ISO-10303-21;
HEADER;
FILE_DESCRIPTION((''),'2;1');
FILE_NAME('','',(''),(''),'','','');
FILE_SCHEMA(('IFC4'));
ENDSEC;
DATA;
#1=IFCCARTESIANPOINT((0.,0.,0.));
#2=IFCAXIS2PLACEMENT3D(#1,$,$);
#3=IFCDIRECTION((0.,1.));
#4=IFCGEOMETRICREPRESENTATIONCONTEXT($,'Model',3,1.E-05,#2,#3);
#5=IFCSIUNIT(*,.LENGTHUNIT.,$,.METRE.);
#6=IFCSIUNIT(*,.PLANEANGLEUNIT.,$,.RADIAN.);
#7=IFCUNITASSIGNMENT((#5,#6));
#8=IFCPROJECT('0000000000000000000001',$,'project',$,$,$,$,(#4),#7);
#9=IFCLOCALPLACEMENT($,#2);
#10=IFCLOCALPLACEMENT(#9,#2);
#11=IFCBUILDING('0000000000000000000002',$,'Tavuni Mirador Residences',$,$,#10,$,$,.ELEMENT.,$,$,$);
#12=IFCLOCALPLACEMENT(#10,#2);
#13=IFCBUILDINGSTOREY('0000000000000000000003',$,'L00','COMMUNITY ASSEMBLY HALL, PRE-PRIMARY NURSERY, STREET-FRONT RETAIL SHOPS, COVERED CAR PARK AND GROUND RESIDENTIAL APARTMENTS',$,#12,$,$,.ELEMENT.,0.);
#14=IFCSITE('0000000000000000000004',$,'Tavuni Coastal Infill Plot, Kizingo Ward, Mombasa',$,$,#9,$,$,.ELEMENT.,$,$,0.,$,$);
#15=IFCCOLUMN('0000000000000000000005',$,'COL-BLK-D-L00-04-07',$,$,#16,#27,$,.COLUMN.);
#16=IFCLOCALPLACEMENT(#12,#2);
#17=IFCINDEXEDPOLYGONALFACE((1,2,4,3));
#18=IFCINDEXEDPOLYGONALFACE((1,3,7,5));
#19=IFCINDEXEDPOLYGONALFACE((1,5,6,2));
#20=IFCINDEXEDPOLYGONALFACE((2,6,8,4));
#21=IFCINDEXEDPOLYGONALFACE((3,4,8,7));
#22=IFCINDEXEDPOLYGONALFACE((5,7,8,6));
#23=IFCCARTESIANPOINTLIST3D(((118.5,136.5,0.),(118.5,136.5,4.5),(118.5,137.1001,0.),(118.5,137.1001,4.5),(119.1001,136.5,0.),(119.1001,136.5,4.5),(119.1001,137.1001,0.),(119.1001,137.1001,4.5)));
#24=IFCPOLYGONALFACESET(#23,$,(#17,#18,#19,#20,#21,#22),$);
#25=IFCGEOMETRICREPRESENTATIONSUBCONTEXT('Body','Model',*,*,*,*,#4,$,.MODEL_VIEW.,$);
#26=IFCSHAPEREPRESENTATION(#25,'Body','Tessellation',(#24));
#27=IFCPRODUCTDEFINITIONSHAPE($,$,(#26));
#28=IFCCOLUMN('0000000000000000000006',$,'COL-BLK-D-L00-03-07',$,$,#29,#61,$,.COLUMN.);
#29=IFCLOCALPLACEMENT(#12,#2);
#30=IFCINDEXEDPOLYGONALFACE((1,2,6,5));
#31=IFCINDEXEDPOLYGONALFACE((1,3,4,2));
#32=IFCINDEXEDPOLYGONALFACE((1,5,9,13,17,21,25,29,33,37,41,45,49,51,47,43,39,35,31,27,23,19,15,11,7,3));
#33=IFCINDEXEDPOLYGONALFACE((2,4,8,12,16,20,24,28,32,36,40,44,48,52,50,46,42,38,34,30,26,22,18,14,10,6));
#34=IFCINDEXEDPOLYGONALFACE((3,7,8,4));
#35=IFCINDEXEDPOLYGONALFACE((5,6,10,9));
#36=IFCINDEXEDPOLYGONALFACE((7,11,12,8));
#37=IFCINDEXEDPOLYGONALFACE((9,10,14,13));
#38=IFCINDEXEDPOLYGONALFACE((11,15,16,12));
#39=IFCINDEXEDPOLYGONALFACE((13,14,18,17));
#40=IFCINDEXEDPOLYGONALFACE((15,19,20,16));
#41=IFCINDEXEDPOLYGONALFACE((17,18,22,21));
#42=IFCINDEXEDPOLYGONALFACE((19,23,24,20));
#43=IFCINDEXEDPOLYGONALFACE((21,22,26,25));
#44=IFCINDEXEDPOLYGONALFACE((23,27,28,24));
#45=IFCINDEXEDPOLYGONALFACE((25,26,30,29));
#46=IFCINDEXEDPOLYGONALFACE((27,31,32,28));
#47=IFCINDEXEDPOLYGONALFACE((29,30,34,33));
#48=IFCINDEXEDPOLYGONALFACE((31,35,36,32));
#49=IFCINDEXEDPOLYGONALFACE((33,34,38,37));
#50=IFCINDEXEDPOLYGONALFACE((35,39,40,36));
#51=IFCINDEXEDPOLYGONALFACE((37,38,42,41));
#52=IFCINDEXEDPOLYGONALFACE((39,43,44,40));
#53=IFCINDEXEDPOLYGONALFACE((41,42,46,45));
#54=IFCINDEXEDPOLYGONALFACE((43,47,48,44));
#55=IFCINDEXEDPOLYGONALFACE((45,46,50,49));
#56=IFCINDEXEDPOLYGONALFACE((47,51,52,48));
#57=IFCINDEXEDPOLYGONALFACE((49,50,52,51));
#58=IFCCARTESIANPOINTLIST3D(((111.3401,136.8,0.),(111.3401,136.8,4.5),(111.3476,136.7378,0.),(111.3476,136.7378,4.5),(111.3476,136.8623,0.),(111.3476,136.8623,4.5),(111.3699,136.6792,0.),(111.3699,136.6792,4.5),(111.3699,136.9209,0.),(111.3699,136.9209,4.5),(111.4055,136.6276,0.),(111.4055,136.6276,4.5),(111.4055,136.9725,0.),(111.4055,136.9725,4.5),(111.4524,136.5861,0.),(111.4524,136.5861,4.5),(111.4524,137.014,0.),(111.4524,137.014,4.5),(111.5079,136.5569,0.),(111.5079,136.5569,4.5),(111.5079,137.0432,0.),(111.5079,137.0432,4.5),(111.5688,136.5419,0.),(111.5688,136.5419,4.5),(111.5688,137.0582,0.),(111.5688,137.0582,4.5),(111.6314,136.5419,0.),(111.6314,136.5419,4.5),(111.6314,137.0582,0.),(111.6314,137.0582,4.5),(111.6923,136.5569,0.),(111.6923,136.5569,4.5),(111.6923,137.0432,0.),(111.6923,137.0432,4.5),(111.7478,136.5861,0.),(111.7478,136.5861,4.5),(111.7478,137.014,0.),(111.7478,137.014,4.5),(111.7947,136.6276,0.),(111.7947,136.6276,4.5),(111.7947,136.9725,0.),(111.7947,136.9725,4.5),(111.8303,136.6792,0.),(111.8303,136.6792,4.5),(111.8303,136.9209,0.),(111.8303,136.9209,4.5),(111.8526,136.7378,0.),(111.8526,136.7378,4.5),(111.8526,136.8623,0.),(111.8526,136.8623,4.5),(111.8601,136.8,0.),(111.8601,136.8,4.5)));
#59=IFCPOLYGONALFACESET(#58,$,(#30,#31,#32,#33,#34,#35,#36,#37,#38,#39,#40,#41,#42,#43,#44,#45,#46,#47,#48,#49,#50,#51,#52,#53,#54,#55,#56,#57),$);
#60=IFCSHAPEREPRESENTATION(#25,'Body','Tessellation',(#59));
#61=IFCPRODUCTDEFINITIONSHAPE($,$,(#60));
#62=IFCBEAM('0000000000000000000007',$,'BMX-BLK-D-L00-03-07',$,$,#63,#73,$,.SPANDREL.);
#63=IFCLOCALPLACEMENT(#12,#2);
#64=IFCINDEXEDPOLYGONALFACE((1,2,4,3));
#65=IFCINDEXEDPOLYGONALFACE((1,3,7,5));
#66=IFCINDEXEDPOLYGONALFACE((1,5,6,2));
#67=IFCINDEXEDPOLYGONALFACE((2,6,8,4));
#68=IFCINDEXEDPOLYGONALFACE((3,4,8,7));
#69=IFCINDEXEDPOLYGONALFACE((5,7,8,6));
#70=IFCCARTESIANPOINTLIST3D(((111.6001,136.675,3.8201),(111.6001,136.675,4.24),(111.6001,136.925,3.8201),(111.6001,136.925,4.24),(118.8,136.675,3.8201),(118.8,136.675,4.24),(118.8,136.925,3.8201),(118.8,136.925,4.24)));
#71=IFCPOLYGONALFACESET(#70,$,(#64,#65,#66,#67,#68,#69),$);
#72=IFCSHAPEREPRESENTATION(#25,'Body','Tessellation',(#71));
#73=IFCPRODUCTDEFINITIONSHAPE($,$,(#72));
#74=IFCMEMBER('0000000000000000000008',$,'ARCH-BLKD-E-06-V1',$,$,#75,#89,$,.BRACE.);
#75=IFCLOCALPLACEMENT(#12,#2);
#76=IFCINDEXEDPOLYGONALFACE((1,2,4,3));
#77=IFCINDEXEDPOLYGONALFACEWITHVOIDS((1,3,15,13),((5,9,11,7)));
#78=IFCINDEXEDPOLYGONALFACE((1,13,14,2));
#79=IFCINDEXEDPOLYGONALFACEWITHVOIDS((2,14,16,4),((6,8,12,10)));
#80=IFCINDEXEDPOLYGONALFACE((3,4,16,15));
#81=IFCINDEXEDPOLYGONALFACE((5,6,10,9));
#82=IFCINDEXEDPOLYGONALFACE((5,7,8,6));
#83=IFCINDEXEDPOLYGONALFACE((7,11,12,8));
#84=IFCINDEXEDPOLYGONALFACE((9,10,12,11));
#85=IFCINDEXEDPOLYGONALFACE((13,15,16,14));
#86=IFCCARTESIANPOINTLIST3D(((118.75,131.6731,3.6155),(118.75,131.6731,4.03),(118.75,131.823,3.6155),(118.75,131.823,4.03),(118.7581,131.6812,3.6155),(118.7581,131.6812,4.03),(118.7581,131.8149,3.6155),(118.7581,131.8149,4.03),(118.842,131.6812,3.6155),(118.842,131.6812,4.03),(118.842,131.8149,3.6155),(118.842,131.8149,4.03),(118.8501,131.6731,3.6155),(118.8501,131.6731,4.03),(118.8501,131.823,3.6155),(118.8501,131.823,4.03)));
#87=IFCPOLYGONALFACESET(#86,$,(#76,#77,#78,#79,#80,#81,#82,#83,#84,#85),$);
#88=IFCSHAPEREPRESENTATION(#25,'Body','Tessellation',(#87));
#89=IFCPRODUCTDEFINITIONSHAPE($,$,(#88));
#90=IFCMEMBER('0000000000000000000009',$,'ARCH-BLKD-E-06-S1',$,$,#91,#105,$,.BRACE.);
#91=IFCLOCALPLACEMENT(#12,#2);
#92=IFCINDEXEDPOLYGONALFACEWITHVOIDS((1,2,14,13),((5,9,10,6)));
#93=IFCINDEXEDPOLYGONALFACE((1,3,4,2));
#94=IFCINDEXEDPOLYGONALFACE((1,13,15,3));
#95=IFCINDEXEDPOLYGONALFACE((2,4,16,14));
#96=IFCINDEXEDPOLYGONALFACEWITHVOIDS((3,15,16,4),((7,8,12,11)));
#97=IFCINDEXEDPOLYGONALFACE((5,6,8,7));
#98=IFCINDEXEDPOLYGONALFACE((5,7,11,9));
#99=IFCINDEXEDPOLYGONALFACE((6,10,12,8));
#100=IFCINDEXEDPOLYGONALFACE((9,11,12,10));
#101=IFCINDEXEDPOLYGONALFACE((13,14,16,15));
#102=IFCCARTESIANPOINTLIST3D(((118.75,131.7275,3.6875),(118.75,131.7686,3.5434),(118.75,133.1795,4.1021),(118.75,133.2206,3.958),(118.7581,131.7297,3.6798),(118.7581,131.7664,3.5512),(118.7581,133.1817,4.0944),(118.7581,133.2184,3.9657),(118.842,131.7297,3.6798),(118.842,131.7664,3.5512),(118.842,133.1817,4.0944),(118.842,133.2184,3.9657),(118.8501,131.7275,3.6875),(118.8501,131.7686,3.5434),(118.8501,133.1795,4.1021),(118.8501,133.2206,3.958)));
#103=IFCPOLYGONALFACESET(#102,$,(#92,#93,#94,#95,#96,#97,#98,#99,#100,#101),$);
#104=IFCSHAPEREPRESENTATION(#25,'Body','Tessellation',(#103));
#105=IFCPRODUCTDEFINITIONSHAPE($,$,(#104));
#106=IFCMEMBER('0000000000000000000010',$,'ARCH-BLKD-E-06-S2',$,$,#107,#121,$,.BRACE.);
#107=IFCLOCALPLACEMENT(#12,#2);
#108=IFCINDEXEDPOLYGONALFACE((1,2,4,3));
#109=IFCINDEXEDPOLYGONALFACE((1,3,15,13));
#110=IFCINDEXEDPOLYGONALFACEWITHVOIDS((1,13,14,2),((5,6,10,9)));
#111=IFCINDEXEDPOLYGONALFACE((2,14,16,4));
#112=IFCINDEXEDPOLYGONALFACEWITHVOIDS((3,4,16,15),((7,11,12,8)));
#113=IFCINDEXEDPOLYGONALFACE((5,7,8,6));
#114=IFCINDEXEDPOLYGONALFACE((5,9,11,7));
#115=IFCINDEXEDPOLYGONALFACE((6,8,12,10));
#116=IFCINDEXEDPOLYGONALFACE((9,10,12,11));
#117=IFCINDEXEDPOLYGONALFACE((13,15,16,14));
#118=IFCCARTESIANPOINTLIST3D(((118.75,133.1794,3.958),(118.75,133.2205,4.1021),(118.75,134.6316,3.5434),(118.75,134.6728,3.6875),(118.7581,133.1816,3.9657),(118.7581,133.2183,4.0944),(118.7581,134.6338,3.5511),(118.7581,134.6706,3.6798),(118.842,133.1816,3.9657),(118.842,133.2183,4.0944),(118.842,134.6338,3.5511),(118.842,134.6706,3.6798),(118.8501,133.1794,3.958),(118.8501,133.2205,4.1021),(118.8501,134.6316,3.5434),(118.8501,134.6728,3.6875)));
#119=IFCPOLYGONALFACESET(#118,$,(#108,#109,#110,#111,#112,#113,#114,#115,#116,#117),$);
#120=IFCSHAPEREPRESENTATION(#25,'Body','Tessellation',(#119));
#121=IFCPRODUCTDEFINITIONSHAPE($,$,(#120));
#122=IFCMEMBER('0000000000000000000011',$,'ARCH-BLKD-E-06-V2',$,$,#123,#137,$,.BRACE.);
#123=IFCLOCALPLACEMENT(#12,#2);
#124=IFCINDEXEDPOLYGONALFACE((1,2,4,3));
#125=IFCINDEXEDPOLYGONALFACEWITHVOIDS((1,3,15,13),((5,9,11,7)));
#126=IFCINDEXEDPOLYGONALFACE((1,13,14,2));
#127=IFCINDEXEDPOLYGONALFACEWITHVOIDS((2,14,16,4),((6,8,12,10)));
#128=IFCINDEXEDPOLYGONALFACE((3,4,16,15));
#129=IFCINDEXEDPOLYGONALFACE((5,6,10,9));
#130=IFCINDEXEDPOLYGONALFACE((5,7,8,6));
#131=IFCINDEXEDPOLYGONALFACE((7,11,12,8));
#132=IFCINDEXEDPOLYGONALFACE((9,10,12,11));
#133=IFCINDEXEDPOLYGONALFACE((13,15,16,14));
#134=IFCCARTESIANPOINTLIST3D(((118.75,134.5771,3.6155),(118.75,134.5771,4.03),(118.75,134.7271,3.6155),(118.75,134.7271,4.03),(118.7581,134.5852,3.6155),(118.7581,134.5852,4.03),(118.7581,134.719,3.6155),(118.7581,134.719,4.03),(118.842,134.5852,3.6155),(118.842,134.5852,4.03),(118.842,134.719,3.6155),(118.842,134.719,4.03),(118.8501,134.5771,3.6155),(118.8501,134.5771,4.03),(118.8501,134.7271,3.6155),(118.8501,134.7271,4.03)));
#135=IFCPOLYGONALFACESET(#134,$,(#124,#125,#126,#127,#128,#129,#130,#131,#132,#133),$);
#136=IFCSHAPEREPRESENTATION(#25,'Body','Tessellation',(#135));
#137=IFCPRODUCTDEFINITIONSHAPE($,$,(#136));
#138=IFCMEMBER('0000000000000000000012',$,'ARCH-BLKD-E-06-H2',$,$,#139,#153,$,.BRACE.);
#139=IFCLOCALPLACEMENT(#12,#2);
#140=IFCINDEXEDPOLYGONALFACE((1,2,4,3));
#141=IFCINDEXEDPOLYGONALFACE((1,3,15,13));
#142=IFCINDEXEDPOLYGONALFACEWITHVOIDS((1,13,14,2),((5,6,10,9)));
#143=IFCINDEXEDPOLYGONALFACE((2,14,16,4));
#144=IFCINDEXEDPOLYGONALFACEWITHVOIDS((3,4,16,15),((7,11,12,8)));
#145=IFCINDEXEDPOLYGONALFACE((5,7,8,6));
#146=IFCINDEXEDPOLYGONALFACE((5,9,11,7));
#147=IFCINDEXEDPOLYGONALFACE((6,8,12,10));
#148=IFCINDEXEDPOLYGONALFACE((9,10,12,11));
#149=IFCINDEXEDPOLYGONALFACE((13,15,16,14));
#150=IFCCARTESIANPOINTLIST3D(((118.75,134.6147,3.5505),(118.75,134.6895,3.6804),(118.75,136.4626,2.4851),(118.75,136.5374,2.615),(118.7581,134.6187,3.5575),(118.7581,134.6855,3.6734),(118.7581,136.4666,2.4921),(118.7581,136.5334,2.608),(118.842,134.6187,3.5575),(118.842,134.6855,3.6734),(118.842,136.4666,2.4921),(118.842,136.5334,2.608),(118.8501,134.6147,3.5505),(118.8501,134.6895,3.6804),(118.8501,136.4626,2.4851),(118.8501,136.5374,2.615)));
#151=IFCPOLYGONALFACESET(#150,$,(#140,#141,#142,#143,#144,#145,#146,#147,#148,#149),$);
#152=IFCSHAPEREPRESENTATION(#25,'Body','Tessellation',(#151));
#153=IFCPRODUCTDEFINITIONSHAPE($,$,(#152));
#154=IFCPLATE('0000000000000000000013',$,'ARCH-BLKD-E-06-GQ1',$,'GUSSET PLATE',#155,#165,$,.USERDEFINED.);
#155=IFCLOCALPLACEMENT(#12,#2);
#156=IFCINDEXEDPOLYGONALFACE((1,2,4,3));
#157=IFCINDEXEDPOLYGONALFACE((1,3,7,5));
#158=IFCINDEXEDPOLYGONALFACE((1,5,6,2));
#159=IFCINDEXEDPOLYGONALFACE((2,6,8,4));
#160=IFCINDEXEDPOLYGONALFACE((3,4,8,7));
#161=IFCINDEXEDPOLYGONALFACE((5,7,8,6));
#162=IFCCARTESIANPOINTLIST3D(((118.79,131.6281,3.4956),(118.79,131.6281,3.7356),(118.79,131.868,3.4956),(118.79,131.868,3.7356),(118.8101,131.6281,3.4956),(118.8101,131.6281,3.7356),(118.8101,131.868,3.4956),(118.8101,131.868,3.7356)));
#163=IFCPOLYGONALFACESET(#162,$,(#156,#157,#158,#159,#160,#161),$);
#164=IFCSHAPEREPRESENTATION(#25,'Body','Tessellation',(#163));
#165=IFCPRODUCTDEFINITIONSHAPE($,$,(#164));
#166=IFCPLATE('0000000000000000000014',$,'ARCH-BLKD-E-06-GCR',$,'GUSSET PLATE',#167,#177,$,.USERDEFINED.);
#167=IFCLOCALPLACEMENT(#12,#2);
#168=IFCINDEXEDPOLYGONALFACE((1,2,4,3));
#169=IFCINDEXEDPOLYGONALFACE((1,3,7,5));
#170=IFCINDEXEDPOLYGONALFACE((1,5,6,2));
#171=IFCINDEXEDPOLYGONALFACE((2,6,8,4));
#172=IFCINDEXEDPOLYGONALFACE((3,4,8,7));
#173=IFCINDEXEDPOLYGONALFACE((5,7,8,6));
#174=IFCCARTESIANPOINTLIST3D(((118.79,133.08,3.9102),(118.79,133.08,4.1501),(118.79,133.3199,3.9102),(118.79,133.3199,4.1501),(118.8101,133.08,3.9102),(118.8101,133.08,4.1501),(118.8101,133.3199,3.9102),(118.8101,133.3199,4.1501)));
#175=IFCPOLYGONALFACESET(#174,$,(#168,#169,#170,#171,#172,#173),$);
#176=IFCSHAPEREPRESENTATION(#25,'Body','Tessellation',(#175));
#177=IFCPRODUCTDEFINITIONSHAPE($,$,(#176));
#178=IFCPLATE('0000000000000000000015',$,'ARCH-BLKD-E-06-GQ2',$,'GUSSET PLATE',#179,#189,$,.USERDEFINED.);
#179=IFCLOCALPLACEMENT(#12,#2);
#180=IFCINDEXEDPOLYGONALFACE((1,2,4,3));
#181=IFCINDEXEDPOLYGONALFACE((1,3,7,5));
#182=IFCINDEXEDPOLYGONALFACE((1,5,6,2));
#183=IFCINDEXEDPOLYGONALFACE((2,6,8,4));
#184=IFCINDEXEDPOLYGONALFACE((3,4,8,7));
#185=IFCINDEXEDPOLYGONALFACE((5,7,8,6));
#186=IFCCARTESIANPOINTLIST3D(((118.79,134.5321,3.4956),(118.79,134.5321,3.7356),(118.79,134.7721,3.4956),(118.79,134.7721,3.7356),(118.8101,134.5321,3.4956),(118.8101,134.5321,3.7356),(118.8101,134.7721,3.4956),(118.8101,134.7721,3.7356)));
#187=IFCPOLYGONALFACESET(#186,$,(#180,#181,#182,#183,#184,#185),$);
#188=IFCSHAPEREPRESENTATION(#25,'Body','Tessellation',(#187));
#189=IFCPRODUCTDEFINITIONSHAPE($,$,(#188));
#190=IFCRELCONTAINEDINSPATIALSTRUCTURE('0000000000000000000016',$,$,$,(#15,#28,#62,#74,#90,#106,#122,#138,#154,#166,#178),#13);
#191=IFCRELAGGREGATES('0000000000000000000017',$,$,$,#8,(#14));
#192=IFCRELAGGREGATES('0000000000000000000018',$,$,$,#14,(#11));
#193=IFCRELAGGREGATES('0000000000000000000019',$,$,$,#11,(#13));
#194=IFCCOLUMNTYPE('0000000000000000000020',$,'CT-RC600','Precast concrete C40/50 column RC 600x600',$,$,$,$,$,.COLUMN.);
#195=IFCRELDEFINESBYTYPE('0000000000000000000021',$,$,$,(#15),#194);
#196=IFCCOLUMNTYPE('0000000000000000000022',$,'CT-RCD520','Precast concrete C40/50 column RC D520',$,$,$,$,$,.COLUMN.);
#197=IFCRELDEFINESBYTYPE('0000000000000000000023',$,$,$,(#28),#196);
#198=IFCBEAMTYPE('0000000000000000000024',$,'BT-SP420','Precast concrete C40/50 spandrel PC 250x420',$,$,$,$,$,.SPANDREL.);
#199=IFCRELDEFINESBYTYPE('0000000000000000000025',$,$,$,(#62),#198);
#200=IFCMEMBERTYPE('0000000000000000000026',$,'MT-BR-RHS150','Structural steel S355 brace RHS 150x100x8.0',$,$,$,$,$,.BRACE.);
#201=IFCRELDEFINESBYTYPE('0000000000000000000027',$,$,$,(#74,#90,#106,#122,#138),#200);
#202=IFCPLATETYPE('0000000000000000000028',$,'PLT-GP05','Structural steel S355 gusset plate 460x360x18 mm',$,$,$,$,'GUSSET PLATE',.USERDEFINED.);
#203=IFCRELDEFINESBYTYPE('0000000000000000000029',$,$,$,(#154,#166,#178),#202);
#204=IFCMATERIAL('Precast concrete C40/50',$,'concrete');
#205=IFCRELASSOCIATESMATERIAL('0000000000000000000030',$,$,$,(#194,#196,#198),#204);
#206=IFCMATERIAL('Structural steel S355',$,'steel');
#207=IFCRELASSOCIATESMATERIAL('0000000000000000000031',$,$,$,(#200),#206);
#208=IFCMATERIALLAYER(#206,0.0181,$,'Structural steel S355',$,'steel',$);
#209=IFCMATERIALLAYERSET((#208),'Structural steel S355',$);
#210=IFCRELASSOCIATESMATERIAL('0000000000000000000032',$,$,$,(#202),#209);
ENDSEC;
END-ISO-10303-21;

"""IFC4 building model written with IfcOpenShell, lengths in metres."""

from ifc_helpers import new_model, si_unit, direction, frame, origin, origin_2d, place, context, subcontext, project, spatial, rectangle, hollow_rectangle, circle, extrude, material, layer, layer_set, material_profile, profile_set, type_object, element, save


model = new_model("IFC4")

# Units and contexts
model_context = context("Model", 3, precision=1e-05, world=origin(), true_north=direction((0.0, 1.0)))
body_context = subcontext(model_context, "Body", "Model", "MODEL_VIEW")
ifc_project = project(units=[si_unit("LENGTHUNIT", "METRE"), si_unit("PLANEANGLEUNIT", "RADIAN")], contexts=[model_context])

# Site, building, storey
site_placement = place(None, origin())
site = spatial("IfcSite", under=ifc_project, at=site_placement, Name="Tavuni Coastal Infill Plot, Kizingo Ward, Mombasa", CompositionType="ELEMENT", RefElevation=0.0)
building_placement = place(site_placement, origin())
building = spatial("IfcBuilding", under=site, at=building_placement, Name="Tavuni Mirador Residences", CompositionType="ELEMENT")
storey_placement = place(building_placement, origin())
storey = spatial("IfcBuildingStorey", under=building, at=storey_placement, Name="L00", Description="COMMUNITY ASSEMBLY HALL, PRE-PRIMARY NURSERY, STREET-FRONT RETAIL SHOPS, COVERED CAR PARK AND GROUND RESIDENTIAL APARTMENTS", CompositionType="ELEMENT", Elevation=0.0)

# Columns
ifc_material_1 = material(Name="Precast concrete C40/50", Category="concrete")
ifc_material_profile_1 = material_profile(ifc_material_1, rectangle(XDim=0.6001, YDim=0.6001, at=origin_2d()), Name="RC 600x600", Category="concrete")
ifc_profile_set_1 = profile_set([ifc_material_profile_1], Name="Precast concrete C40/50")
column_type_1 = type_object("IfcColumnType", Name="CT-RC600", Description="Precast concrete C40/50 column RC 600x600", PredefinedType="COLUMN", material=ifc_profile_set_1)
column_1_placement = place(storey_placement, frame((118.8, 136.8, 0.0), z_axis=(0.0, 0.0, 1.0), x_axis=(1.0, 0.0, 0.0)))
element("IfcColumn", 1, at=column_1_placement, inside=storey, type_object=column_type_1, Name="COL-BLK-D-L00-04-07", PredefinedType="COLUMN", context=body_context, shape_type="SweptSolid", body=[
    extrude(rectangle(XDim=0.6001, YDim=0.6001, at=origin_2d()), origin(), (0.0, 0.0, 1.0), 4.5),
])
ifc_material_profile_2 = material_profile(ifc_material_1, circle(Radius=0.26, at=origin_2d()), Name="RC D520", Category="concrete")
ifc_profile_set_2 = profile_set([ifc_material_profile_2], Name="Precast concrete C40/50")
column_type_2 = type_object("IfcColumnType", Name="CT-RCD520", Description="Precast concrete C40/50 column RC D520", PredefinedType="COLUMN", material=ifc_profile_set_2)
column_2_placement = place(storey_placement, frame((111.6001, 136.8, 0.0), z_axis=(0.0, 0.0, 1.0), x_axis=(1.0, 0.0, 0.0)))
element("IfcColumn", 2, at=column_2_placement, inside=storey, type_object=column_type_2, Name="COL-BLK-D-L00-03-07", PredefinedType="COLUMN", context=body_context, shape_type="SweptSolid", body=[
    extrude(circle(Radius=0.26, at=origin_2d()), origin(), (0.0, 0.0, 1.0), 4.5),
])

# Beam
ifc_material_profile_3 = material_profile(ifc_material_1, rectangle(XDim=0.25, YDim=0.4199, at=origin_2d()), Name="PC 250x420", Category="concrete")
ifc_profile_set_3 = profile_set([ifc_material_profile_3], Name="Precast concrete C40/50")
beam_type = type_object("IfcBeamType", Name="BT-SP420", Description="Precast concrete C40/50 spandrel PC 250x420", PredefinedType="SPANDREL", material=ifc_profile_set_3)
beam_placement = place(storey_placement, frame((111.6001, 136.8, 4.03), z_axis=(1.0, 0.0, 0.0), x_axis=(0.0, 1.0, 0.0)))
element("IfcBeam", 3, at=beam_placement, inside=storey, type_object=beam_type, Name="BMX-BLK-D-L00-03-07", PredefinedType="SPANDREL", context=body_context, shape_type="SweptSolid", body=[
    extrude(rectangle(XDim=0.25, YDim=0.4199, at=origin_2d()), origin(), (0.0, 0.0, 1.0), 7.2),
])

# Members
ifc_material_2 = material(Name="Structural steel S355", Category="steel")
ifc_material_profile_4 = material_profile(ifc_material_2, hollow_rectangle(XDim=0.1001, YDim=0.1499, WallThickness=0.0081, at=origin_2d()), Name="RHS 150x100x8.0", Category="steel")
ifc_profile_set_4 = profile_set([ifc_material_profile_4], Name="Structural steel S355")
member_type = type_object("IfcMemberType", Name="MT-BR-RHS150", Description="Structural steel S355 brace RHS 150x100x8.0", PredefinedType="BRACE", material=ifc_profile_set_4)
member_1_placement = place(storey_placement, frame((118.8, 131.748, 3.6155), z_axis=(0.0, 0.0, 1.0), x_axis=(1.0, 0.0, 0.0)))
element("IfcMember", 4, at=member_1_placement, inside=storey, type_object=member_type, Name="ARCH-BLKD-E-06-V1", PredefinedType="BRACE", context=body_context, shape_type="SweptSolid", body=[
    extrude(hollow_rectangle(XDim=0.1001, YDim=0.1499, WallThickness=0.0081, at=origin_2d()), origin(), (0.0, 0.0, 1.0), 0.4146),
])
member_2_placement = place(storey_placement, frame((118.8, 131.748, 3.6155), z_axis=(0.0, 0.961573, 0.27455), x_axis=(-1.0, 0.0, 0.0)))
element("IfcMember", 5, at=member_2_placement, inside=storey, type_object=member_type, Name="ARCH-BLKD-E-06-S1", PredefinedType="BRACE", context=body_context, shape_type="SweptSolid", body=[
    extrude(hollow_rectangle(XDim=0.1001, YDim=0.1499, WallThickness=0.0081, at=origin_2d()), origin(), (0.0, 0.0, 1.0), 1.51),
])
member_3_placement = place(storey_placement, frame((118.8, 133.2, 4.03), z_axis=(0.0, 0.961585, -0.274508), x_axis=(-1.0, 0.0, 0.0)))
element("IfcMember", 6, at=member_3_placement, inside=storey, type_object=member_type, Name="ARCH-BLKD-E-06-S2", PredefinedType="BRACE", context=body_context, shape_type="SweptSolid", body=[
    extrude(hollow_rectangle(XDim=0.1001, YDim=0.1499, WallThickness=0.0081, at=origin_2d()), origin(), (0.0, 0.0, 1.0), 1.5103),
])
member_4_placement = place(storey_placement, frame((118.8, 134.6521, 3.6155), z_axis=(0.0, 0.0, 1.0), x_axis=(1.0, 0.0, 0.0)))
element("IfcMember", 7, at=member_4_placement, inside=storey, type_object=member_type, Name="ARCH-BLKD-E-06-V2", PredefinedType="BRACE", context=body_context, shape_type="SweptSolid", body=[
    extrude(hollow_rectangle(XDim=0.1001, YDim=0.1499, WallThickness=0.0081, at=origin_2d()), origin(), (0.0, 0.0, 1.0), 0.4146),
])
member_5_placement = place(storey_placement, frame((118.8, 134.6521, 3.6155), z_axis=(0.0, 0.866321, -0.499488), x_axis=(-1.0, 0.0, 0.0)))
element("IfcMember", 8, at=member_5_placement, inside=storey, type_object=member_type, Name="ARCH-BLKD-E-06-H2", PredefinedType="BRACE", context=body_context, shape_type="SweptSolid", body=[
    extrude(hollow_rectangle(XDim=0.1001, YDim=0.1499, WallThickness=0.0081, at=origin_2d()), origin(), (0.0, 0.0, 1.0), 2.1331),
])

# Plates
ifc_layer_1 = layer(ifc_material_2, 0.0181, Name="Structural steel S355", Category="steel")
ifc_layer_set_1 = layer_set([ifc_layer_1], Name="Structural steel S355")
plate_type = type_object("IfcPlateType", Name="PLT-GP05", Description="Structural steel S355 gusset plate 460x360x18 mm", ElementType="GUSSET PLATE", PredefinedType="USERDEFINED", material=ifc_layer_set_1)
for number, where, z_axis, x_axis, name in (
    (9, (118.8, 131.748, 3.4956), (0.0, 0.0, 1.0), (1.0, 0.0, 0.0), "ARCH-BLKD-E-06-GQ1"),
    (10, (118.8, 133.2, 3.9102), (0.0, 0.0, 1.0), (1.0, 0.0, 0.0), "ARCH-BLKD-E-06-GCR"),
    (11, (118.8, 134.6521, 3.4956), (0.0, 0.0, 1.0), (1.0, 0.0, 0.0), "ARCH-BLKD-E-06-GQ2"),
):
    element("IfcPlate", number, at=place(storey_placement, frame(where, z_axis=z_axis, x_axis=x_axis)), inside=storey, type_object=plate_type, Name=name, ObjectType="GUSSET PLATE", PredefinedType="USERDEFINED", context=body_context, shape_type="SweptSolid", body=[
        extrude(rectangle(XDim=0.02, YDim=0.24, at=origin_2d()), origin(), (0.0, 0.0, 1.0), 0.24),
    ])

save(model, "model.ifc")
